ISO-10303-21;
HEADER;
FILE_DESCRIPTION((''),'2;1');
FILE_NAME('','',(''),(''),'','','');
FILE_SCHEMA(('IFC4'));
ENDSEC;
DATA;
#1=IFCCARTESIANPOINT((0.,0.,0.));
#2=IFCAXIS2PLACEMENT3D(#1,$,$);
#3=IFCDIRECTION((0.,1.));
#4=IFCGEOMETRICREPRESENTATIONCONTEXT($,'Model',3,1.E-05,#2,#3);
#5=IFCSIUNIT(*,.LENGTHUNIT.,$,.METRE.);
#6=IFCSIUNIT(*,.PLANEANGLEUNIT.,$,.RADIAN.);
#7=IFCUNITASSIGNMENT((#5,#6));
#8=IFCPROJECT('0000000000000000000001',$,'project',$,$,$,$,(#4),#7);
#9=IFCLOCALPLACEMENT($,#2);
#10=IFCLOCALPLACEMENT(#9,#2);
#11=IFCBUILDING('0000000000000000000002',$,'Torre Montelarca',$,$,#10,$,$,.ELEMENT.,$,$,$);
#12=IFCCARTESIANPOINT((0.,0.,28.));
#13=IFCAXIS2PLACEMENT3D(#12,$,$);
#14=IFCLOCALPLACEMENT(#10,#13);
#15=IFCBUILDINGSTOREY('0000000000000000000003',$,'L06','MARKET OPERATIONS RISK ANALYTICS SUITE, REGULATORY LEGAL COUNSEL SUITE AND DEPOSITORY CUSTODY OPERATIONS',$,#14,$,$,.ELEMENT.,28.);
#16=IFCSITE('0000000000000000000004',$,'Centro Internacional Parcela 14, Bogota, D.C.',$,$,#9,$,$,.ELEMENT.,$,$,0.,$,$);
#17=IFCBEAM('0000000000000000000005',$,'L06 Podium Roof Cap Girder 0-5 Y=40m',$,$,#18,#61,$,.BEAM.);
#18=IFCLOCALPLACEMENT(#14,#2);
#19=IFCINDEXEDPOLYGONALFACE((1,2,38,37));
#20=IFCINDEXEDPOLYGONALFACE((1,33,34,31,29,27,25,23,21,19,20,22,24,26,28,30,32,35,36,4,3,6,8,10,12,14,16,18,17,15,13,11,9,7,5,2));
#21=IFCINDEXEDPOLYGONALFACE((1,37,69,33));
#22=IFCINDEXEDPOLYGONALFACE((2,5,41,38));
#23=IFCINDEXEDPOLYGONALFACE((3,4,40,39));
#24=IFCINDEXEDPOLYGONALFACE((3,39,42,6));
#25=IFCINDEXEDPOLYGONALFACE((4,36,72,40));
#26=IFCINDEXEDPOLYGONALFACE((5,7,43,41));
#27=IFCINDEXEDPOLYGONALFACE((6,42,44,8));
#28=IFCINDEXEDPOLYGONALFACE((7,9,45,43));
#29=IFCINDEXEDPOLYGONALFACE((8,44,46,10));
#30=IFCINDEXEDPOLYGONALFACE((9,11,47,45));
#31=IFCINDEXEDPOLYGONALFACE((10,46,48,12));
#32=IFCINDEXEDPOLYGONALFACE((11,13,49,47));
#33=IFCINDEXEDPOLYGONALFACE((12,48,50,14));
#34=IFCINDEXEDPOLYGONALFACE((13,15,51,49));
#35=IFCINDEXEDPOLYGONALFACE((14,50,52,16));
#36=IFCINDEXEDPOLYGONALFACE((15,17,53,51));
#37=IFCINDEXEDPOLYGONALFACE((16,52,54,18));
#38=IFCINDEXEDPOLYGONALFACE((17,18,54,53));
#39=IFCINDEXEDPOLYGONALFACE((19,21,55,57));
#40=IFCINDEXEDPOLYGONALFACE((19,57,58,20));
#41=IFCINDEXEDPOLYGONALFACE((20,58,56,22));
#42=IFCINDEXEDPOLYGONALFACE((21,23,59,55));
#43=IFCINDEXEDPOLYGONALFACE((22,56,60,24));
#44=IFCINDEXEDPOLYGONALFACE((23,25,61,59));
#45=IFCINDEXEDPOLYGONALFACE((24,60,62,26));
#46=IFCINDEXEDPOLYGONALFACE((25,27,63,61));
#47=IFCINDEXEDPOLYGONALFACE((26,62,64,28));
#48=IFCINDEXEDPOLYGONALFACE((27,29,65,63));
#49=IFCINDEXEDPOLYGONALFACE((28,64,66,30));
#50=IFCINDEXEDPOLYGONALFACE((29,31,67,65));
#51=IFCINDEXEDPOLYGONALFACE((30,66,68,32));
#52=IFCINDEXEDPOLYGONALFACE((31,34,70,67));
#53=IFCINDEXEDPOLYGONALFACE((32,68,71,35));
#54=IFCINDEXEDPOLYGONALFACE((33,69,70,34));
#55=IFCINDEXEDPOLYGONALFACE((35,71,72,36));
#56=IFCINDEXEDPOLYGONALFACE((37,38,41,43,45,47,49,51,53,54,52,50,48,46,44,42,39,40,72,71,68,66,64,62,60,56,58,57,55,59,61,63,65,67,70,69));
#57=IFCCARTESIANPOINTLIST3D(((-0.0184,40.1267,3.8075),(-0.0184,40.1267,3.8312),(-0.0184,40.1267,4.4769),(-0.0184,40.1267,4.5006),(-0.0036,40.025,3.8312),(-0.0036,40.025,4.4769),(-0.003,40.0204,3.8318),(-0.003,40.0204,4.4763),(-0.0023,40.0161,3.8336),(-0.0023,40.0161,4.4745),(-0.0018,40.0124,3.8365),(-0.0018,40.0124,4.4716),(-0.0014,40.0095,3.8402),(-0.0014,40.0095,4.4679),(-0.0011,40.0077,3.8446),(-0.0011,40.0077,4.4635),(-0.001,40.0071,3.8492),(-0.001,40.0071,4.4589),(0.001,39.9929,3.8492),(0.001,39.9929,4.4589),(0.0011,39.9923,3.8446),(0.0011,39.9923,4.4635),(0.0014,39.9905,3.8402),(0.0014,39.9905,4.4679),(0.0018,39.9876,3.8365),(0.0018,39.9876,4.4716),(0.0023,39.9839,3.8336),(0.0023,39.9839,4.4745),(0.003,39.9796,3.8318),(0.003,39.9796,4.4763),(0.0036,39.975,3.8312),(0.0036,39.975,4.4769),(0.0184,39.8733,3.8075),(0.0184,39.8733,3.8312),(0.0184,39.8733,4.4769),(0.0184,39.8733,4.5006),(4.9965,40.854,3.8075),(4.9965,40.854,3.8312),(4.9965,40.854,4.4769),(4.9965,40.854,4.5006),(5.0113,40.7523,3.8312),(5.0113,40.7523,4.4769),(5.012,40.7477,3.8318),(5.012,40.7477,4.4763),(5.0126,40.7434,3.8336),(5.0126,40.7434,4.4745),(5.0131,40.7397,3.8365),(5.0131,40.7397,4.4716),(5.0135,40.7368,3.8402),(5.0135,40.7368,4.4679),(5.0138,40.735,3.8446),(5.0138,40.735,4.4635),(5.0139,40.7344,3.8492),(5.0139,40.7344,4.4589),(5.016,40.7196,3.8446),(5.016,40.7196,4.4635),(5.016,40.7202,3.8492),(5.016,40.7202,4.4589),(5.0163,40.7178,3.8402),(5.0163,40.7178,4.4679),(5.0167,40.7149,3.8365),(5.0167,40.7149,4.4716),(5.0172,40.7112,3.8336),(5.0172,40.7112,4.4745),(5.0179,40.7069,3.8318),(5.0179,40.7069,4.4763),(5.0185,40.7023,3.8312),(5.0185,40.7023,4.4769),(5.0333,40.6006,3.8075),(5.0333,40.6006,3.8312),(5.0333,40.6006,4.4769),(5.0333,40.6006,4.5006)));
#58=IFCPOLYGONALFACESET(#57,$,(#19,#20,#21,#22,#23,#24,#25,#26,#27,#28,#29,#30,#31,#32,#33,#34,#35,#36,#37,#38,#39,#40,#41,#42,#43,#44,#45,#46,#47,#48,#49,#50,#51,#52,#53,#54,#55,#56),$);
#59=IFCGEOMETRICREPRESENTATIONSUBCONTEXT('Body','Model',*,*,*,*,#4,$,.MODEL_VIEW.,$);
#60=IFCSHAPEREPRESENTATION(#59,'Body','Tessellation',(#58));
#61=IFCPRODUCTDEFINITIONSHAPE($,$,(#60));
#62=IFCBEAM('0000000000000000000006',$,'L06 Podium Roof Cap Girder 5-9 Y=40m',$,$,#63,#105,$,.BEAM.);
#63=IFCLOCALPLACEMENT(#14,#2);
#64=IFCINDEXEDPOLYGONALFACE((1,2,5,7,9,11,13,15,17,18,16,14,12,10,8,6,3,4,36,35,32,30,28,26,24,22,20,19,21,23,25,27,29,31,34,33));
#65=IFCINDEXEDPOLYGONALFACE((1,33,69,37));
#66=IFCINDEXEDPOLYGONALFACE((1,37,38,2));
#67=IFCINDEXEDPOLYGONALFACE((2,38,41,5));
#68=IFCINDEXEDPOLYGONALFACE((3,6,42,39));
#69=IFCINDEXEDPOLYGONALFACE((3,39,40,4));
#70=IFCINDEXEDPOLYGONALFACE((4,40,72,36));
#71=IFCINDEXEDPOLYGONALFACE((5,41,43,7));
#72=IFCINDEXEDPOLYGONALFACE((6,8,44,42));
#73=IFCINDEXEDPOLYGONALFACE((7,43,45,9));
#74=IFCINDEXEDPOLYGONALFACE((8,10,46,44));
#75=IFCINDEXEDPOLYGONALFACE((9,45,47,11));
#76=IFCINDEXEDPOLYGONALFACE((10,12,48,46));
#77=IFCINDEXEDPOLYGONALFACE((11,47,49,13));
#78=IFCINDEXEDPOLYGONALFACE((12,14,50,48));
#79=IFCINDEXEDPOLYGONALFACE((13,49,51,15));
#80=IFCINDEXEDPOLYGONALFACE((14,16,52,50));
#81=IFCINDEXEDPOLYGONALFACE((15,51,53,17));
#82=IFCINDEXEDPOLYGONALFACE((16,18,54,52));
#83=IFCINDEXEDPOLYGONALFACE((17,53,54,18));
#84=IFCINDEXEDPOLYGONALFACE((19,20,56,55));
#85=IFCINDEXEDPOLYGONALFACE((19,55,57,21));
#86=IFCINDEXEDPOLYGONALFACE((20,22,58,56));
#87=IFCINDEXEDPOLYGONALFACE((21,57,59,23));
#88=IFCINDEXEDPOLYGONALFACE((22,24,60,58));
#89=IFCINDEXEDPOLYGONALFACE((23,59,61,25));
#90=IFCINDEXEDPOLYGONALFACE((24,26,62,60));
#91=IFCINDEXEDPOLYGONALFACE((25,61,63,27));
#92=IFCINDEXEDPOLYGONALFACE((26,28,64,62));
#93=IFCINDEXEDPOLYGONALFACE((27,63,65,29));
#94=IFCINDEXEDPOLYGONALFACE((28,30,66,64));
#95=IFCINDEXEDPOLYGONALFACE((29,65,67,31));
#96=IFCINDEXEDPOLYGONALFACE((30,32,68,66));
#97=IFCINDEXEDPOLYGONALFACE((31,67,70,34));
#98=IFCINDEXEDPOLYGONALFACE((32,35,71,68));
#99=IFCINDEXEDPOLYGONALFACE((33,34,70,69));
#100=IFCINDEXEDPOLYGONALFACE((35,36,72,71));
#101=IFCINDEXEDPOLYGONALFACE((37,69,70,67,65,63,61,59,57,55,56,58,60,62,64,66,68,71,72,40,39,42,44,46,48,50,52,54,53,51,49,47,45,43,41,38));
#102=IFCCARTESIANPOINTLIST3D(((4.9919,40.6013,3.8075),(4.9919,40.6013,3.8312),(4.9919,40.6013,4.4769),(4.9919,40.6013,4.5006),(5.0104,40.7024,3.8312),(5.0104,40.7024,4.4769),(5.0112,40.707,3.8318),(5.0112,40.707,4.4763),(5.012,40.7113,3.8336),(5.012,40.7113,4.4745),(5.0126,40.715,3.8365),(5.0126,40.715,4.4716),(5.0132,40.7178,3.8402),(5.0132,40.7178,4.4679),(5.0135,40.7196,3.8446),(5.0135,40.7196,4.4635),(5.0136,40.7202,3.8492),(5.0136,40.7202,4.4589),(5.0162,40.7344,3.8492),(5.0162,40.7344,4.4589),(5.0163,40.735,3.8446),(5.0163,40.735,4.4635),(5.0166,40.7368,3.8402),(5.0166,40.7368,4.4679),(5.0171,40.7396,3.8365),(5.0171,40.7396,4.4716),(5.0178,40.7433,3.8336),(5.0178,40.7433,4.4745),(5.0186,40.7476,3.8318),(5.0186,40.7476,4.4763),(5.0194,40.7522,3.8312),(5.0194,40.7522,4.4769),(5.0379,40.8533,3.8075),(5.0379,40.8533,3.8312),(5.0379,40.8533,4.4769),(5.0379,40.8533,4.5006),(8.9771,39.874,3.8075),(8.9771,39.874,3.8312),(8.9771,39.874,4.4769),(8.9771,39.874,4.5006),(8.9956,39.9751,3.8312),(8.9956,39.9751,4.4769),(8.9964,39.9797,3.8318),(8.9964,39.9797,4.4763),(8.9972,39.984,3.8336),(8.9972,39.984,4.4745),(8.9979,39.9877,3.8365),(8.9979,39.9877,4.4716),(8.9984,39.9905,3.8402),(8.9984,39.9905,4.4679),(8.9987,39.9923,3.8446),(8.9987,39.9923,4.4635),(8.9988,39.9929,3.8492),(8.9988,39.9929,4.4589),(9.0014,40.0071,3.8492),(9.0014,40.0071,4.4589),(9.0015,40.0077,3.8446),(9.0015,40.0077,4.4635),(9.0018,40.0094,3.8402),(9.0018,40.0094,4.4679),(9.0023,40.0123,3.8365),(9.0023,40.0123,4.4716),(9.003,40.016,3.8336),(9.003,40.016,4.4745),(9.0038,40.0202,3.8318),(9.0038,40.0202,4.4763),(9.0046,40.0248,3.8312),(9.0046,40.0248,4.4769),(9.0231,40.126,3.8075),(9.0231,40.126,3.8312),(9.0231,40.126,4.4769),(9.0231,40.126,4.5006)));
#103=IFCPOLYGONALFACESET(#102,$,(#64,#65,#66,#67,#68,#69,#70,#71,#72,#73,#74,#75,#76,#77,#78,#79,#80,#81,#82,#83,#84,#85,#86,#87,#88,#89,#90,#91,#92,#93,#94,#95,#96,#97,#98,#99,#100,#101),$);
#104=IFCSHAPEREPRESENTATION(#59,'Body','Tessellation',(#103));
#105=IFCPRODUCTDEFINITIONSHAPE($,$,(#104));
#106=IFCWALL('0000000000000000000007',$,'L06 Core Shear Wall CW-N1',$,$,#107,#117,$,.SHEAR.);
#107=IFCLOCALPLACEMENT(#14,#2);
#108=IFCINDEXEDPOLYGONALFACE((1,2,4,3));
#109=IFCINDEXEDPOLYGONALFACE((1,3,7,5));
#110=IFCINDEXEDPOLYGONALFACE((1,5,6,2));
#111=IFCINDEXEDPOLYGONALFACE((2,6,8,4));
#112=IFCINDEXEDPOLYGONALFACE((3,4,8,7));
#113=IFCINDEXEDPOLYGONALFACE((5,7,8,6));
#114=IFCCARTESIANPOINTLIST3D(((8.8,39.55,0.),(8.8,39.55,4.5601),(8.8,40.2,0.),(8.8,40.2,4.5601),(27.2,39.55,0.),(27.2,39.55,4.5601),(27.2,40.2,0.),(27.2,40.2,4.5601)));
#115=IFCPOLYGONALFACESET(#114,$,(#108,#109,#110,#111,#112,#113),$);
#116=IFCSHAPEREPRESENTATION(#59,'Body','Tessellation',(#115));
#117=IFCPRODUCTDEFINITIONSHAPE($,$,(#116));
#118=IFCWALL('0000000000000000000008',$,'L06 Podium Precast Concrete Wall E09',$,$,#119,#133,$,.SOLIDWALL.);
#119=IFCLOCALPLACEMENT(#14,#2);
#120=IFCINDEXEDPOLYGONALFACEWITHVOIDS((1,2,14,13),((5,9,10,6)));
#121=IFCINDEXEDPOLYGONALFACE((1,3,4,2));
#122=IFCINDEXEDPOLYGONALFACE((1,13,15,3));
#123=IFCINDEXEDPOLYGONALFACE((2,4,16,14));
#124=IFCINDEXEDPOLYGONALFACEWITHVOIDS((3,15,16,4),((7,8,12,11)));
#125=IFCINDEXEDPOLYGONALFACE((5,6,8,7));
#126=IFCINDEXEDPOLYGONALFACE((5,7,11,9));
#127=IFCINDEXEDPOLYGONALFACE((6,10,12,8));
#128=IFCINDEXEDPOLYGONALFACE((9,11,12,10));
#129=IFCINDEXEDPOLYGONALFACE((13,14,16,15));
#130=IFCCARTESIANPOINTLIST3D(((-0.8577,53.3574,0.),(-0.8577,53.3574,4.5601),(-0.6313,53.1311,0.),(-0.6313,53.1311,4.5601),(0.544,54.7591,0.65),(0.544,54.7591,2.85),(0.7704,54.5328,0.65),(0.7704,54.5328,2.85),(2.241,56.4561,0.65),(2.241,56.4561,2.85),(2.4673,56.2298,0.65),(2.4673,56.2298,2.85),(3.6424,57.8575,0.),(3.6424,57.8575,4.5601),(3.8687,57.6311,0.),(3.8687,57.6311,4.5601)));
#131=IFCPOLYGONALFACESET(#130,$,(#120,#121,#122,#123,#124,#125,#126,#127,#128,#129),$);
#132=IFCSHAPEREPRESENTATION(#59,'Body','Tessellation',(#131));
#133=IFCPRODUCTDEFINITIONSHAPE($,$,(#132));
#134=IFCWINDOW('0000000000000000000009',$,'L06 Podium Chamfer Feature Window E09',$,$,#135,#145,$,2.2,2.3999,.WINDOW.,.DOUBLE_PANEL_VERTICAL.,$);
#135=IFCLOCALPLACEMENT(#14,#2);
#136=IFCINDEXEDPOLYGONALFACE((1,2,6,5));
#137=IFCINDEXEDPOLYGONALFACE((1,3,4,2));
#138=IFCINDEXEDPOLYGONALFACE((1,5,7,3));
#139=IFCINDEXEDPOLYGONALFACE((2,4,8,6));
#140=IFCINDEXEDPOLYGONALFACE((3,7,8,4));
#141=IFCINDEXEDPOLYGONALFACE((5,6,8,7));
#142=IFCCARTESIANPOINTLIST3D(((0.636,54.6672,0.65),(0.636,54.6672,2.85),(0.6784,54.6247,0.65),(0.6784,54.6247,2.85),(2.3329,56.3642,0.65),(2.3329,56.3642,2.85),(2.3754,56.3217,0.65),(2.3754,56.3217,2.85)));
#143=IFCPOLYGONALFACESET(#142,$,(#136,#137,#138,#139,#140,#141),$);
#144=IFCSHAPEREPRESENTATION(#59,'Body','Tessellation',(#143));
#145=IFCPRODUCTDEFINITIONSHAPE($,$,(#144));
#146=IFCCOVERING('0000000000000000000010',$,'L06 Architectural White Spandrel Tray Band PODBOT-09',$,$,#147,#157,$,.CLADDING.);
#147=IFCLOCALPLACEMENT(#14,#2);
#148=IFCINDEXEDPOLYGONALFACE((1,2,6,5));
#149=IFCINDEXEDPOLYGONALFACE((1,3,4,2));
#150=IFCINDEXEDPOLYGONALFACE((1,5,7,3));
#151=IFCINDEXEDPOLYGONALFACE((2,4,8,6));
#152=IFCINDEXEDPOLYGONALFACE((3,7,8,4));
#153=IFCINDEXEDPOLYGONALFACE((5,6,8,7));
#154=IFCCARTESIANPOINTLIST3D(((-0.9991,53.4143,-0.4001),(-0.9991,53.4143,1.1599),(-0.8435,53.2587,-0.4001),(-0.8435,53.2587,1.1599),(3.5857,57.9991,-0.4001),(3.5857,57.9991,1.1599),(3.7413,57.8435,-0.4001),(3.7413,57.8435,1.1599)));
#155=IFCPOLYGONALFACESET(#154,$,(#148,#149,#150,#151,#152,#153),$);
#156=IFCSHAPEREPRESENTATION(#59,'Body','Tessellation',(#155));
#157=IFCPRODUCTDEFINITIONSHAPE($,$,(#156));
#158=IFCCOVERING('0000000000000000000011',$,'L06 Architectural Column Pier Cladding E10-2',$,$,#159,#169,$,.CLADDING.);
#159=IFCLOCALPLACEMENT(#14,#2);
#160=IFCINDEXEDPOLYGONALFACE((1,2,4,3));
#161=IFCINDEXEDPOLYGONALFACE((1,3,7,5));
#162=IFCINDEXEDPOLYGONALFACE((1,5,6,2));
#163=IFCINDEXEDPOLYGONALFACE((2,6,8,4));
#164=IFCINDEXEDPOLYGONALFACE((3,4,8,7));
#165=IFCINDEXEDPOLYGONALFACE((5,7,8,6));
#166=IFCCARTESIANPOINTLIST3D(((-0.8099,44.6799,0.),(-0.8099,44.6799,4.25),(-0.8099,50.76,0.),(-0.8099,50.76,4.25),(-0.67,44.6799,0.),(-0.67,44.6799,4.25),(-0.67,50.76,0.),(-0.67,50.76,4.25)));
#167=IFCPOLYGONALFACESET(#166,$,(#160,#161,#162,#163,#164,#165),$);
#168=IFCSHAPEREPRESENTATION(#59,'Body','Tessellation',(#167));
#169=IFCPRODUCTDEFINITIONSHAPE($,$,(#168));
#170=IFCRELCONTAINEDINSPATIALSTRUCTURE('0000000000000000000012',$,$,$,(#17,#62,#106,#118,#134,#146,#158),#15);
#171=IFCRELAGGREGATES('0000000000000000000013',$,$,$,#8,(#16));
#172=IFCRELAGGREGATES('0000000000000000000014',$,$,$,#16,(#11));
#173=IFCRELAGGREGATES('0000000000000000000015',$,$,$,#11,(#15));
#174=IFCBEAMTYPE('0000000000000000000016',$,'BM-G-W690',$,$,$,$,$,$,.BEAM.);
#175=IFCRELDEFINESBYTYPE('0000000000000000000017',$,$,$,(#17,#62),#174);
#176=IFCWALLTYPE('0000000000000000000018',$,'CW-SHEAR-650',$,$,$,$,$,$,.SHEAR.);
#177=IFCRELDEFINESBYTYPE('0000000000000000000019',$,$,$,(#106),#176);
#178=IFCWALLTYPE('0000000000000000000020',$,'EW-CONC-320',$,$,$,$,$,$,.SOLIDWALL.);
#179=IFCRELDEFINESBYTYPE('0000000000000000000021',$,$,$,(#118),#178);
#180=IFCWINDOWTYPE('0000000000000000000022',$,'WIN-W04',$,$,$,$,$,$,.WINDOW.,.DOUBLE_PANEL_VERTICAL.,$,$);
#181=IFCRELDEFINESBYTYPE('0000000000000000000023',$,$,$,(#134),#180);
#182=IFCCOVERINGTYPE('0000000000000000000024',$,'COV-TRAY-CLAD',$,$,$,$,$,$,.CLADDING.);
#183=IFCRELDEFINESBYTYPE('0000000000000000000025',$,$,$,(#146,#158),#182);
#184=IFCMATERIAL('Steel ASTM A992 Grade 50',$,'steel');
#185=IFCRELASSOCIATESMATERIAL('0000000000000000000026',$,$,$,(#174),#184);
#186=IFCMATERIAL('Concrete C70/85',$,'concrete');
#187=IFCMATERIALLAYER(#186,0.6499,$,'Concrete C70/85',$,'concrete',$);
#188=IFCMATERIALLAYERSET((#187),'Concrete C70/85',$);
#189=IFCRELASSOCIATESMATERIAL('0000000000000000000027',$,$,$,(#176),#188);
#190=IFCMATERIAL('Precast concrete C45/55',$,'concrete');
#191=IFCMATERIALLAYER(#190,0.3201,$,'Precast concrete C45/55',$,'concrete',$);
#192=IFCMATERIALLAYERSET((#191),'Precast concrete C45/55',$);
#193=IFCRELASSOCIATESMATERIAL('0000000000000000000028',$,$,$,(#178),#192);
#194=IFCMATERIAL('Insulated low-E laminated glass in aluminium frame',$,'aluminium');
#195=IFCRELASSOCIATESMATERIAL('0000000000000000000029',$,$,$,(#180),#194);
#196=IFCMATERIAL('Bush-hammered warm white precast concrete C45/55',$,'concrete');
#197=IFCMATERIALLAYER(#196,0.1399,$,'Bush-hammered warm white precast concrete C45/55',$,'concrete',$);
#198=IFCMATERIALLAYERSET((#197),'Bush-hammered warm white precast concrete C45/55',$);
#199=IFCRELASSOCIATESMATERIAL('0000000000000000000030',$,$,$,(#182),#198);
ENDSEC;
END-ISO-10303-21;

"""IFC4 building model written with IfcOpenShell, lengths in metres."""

from ifc_helpers import new_model, si_unit, direction, frame, frame_2d, origin, origin_2d, place, context, subcontext, project, spatial, rectangle, i_section, extrude, source, transform, mapped, material, layer, layer_set, material_profile, profile_set, type_object, element, fill, save


model = new_model("IFC4")

# Units and contexts
model_context = context("Model", 3, precision=1e-05, world=origin(), true_north=direction((0.0, 1.0)))
body_context = subcontext(model_context, "Body", "Model", "MODEL_VIEW")
ifc_project = project(units=[si_unit("LENGTHUNIT", "METRE"), si_unit("PLANEANGLEUNIT", "RADIAN")], contexts=[model_context])

# Site, building, storey
site_placement = place(None, origin())
site = spatial("IfcSite", under=ifc_project, at=site_placement, Name="Centro Internacional Parcela 14, Bogota, D.C.", CompositionType="ELEMENT", RefElevation=0.0)
building_placement = place(site_placement, origin())
building = spatial("IfcBuilding", under=site, at=building_placement, Name="Torre Montelarca", CompositionType="ELEMENT")
storey_placement = place(building_placement, frame((0.0, 0.0, 28.0)))
storey = spatial("IfcBuildingStorey", under=building, at=storey_placement, Name="L06", Description="MARKET OPERATIONS RISK ANALYTICS SUITE, REGULATORY LEGAL COUNSEL SUITE AND DEPOSITORY CUSTODY OPERATIONS", CompositionType="ELEMENT", Elevation=28.0)

# Shared definitions
ifc_material_1 = material(Name="Concrete C70/85", Category="concrete")

# Beams
ifc_material_2 = material(Name="Steel ASTM A992 Grade 50", Category="steel")
ifc_material_profile_1 = material_profile(ifc_material_2, i_section(OverallWidth=0.2561, OverallDepth=0.6931, WebThickness=0.0144, FlangeThickness=0.0237, FilletRadius=0.0181, at=origin_2d()), Name="W690X170", Category="steel")
ifc_profile_set_1 = profile_set([ifc_material_profile_1], Name="Steel ASTM A992 Grade 50")
beam_type = type_object("IfcBeamType", Name="BM-G-W690", PredefinedType="BEAM", material=ifc_profile_set_1)
shared_shape_1 = source(origin(), body_context, "Body", "SweptSolid", [
    extrude(i_section(OverallWidth=0.2561, OverallDepth=0.6931, WebThickness=0.0144, FlangeThickness=0.0237, FilletRadius=0.0181, at=origin_2d()), origin(), (0.0, 0.0, 1.0), 5.0674),
])
beam_1_placement = place(storey_placement, frame((0.0, 40.0, 4.1541), z_axis=(0.989647, 0.143525, 0.0), x_axis=(-0.143525, 0.989647, 0.0)))
element("IfcBeam", 1, at=beam_1_placement, inside=storey, type_object=beam_type, Name="L06 Podium Roof Cap Girder 0-5 Y=40m", PredefinedType="BEAM", context=body_context, shape_type="MappedRepresentation", body=[
    mapped(shared_shape_1, transform((0.0, 0.0, 0.0), scale=1.0)),
])
shared_shape_2 = source(origin(), body_context, "Body", "SweptSolid", [
    extrude(i_section(OverallWidth=0.2561, OverallDepth=0.6931, WebThickness=0.0144, FlangeThickness=0.0237, FilletRadius=0.0181, at=origin_2d()), origin(), (0.0, 0.0, 1.0), 4.051),
])
beam_2_placement = place(storey_placement, frame((5.0149, 40.7273, 4.1541), z_axis=(0.983751, -0.179538, 0.0), x_axis=(0.179538, 0.983751, 0.0)))
element("IfcBeam", 2, at=beam_2_placement, inside=storey, type_object=beam_type, Name="L06 Podium Roof Cap Girder 5-9 Y=40m", PredefinedType="BEAM", context=body_context, shape_type="MappedRepresentation", body=[
    mapped(shared_shape_2, transform((0.0, 0.0, 0.0), scale=1.0)),
])

# Wall
ifc_layer_1 = layer(ifc_material_1, 0.6499, Name="Concrete C70/85", Category="concrete")
ifc_layer_set_1 = layer_set([ifc_layer_1], Name="Concrete C70/85")
wall_type_1 = type_object("IfcWallType", Name="CW-SHEAR-650", PredefinedType="SHEAR", material=ifc_layer_set_1)
wall_1_placement = place(storey_placement, frame((8.8, 39.875, 0.0), z_axis=(0.0, 0.0, 1.0), x_axis=(1.0, 0.0, 0.0)))
element("IfcWall", 3, at=wall_1_placement, inside=storey, type_object=wall_type_1, Name="L06 Core Shear Wall CW-N1", PredefinedType="SHEAR", context=body_context, shape_type="SweptSolid", body=[
    extrude(rectangle(XDim=18.3999, YDim=0.6499, at=frame_2d((9.2, 0.0))), origin(), (0.0, 0.0, 1.0), 4.5601),
])

# Wall, opening, window
ifc_material_3 = material(Name="Precast concrete C45/55", Category="concrete")
ifc_layer_2 = layer(ifc_material_3, 0.3201, Name="Precast concrete C45/55", Category="concrete")
ifc_layer_set_2 = layer_set([ifc_layer_2], Name="Precast concrete C45/55")
wall_type_2 = type_object("IfcWallType", Name="EW-CONC-320", PredefinedType="SOLIDWALL", material=ifc_layer_set_2)
wall_2_placement = place(storey_placement, frame((3.7556, 57.7444, 0.0), z_axis=(0.0, 0.0, 1.0), x_axis=(-0.707107, -0.707107, 0.0)))
wall_2 = element("IfcWall", 4, at=wall_2_placement, inside=storey, type_object=wall_type_2, Name="L06 Podium Precast Concrete Wall E09", PredefinedType="SOLIDWALL", context=body_context, shape_type="SweptSolid", body=[
    extrude(rectangle(XDim=6.364, YDim=0.3201, at=frame_2d((3.1821, 0.0))), origin(), (0.0, 0.0, 1.0), 4.5601),
])
opening_placement = place(wall_2_placement, frame((1.9819, 0.0, 0.6499)))
opening = element("IfcOpeningElement", 5, at=opening_placement, cuts=wall_2, PredefinedType="OPENING", context=body_context, shape_type="SweptSolid", body=[
    extrude(rectangle(XDim=2.3999, YDim=2.2, at=frame_2d((1.2, 1.1001))), frame((0.0, 0.1699, 0.0), z_axis=(0.0, -1.0, 0.0), x_axis=(1.0, 0.0, 0.0)), (0.0, 0.0, 1.0), 0.3401),
])
ifc_material_4 = material(Name="Insulated low-E laminated glass in aluminium frame", Category="aluminium")
window_type = type_object("IfcWindowType", Name="WIN-W04", PartitioningType="DOUBLE_PANEL_VERTICAL", PredefinedType="WINDOW", material=ifc_material_4)
shared_shape_3 = source(origin(), body_context, "Body", "SweptSolid", [
    extrude(rectangle(XDim=2.3999, YDim=2.2, at=frame_2d((1.2, 1.1001))), frame((0.0, 0.03, 0.0), z_axis=(0.0, -1.0, 0.0), x_axis=(1.0, 0.0, 0.0)), (0.0, 0.0, 1.0), 0.0601),
])
window_placement = place(opening_placement, origin())
window = element("IfcWindow", 6, at=window_placement, inside=storey, type_object=window_type, Name="L06 Podium Chamfer Feature Window E09", OverallHeight=2.2, OverallWidth=2.3999, PartitioningType="DOUBLE_PANEL_VERTICAL", PredefinedType="WINDOW", context=body_context, shape_type="MappedRepresentation", body=[
    mapped(shared_shape_3, transform((0.0, 0.0, 0.0), scale=1.0)),
])
fill(opening, window)

# Coverings
ifc_material_5 = material(Name="Bush-hammered warm white precast concrete C45/55", Category="concrete")
ifc_layer_3 = layer(ifc_material_5, 0.1399, Name="Bush-hammered warm white precast concrete C45/55", Category="concrete")
ifc_layer_set_3 = layer_set([ifc_layer_3], Name="Bush-hammered warm white precast concrete C45/55")
covering_type = type_object("IfcCoveringType", Name="COV-TRAY-CLAD", PredefinedType="CLADDING", material=ifc_layer_set_3)
shared_shape_4 = source(origin(), body_context, "Body", "SweptSolid", [
    extrude(rectangle(XDim=6.4839, YDim=0.22, at=origin_2d()), origin(), (0.0, 0.0, 1.0), 1.5601),
])
covering_1_placement = place(storey_placement, frame((1.3711, 55.6289, -0.4001), z_axis=(0.0, 0.0, 1.0), x_axis=(-0.707107, -0.707107, 0.0)))
element("IfcCovering", 7, at=covering_1_placement, inside=storey, type_object=covering_type, Name="L06 Architectural White Spandrel Tray Band PODBOT-09", PredefinedType="CLADDING", context=body_context, shape_type="MappedRepresentation", body=[
    mapped(shared_shape_4, transform((0.0, 0.0, 0.0), scale=1.0)),
])
shared_shape_5 = source(origin(), body_context, "Body", "SweptSolid", [
    extrude(rectangle(XDim=6.0801, YDim=0.1399, at=origin_2d()), origin(), (0.0, 0.0, 1.0), 4.25),
])
covering_2_placement = place(storey_placement, frame((-0.74, 47.72, 0.0), z_axis=(0.0, 0.0, 1.0), x_axis=(0.0, -1.0, 0.0)))
element("IfcCovering", 8, at=covering_2_placement, inside=storey, type_object=covering_type, Name="L06 Architectural Column Pier Cladding E10-2", PredefinedType="CLADDING", context=body_context, shape_type="MappedRepresentation", body=[
    mapped(shared_shape_5, transform((0.0, 0.0, 0.0), scale=1.0)),
])

save(model, "model.ifc")
